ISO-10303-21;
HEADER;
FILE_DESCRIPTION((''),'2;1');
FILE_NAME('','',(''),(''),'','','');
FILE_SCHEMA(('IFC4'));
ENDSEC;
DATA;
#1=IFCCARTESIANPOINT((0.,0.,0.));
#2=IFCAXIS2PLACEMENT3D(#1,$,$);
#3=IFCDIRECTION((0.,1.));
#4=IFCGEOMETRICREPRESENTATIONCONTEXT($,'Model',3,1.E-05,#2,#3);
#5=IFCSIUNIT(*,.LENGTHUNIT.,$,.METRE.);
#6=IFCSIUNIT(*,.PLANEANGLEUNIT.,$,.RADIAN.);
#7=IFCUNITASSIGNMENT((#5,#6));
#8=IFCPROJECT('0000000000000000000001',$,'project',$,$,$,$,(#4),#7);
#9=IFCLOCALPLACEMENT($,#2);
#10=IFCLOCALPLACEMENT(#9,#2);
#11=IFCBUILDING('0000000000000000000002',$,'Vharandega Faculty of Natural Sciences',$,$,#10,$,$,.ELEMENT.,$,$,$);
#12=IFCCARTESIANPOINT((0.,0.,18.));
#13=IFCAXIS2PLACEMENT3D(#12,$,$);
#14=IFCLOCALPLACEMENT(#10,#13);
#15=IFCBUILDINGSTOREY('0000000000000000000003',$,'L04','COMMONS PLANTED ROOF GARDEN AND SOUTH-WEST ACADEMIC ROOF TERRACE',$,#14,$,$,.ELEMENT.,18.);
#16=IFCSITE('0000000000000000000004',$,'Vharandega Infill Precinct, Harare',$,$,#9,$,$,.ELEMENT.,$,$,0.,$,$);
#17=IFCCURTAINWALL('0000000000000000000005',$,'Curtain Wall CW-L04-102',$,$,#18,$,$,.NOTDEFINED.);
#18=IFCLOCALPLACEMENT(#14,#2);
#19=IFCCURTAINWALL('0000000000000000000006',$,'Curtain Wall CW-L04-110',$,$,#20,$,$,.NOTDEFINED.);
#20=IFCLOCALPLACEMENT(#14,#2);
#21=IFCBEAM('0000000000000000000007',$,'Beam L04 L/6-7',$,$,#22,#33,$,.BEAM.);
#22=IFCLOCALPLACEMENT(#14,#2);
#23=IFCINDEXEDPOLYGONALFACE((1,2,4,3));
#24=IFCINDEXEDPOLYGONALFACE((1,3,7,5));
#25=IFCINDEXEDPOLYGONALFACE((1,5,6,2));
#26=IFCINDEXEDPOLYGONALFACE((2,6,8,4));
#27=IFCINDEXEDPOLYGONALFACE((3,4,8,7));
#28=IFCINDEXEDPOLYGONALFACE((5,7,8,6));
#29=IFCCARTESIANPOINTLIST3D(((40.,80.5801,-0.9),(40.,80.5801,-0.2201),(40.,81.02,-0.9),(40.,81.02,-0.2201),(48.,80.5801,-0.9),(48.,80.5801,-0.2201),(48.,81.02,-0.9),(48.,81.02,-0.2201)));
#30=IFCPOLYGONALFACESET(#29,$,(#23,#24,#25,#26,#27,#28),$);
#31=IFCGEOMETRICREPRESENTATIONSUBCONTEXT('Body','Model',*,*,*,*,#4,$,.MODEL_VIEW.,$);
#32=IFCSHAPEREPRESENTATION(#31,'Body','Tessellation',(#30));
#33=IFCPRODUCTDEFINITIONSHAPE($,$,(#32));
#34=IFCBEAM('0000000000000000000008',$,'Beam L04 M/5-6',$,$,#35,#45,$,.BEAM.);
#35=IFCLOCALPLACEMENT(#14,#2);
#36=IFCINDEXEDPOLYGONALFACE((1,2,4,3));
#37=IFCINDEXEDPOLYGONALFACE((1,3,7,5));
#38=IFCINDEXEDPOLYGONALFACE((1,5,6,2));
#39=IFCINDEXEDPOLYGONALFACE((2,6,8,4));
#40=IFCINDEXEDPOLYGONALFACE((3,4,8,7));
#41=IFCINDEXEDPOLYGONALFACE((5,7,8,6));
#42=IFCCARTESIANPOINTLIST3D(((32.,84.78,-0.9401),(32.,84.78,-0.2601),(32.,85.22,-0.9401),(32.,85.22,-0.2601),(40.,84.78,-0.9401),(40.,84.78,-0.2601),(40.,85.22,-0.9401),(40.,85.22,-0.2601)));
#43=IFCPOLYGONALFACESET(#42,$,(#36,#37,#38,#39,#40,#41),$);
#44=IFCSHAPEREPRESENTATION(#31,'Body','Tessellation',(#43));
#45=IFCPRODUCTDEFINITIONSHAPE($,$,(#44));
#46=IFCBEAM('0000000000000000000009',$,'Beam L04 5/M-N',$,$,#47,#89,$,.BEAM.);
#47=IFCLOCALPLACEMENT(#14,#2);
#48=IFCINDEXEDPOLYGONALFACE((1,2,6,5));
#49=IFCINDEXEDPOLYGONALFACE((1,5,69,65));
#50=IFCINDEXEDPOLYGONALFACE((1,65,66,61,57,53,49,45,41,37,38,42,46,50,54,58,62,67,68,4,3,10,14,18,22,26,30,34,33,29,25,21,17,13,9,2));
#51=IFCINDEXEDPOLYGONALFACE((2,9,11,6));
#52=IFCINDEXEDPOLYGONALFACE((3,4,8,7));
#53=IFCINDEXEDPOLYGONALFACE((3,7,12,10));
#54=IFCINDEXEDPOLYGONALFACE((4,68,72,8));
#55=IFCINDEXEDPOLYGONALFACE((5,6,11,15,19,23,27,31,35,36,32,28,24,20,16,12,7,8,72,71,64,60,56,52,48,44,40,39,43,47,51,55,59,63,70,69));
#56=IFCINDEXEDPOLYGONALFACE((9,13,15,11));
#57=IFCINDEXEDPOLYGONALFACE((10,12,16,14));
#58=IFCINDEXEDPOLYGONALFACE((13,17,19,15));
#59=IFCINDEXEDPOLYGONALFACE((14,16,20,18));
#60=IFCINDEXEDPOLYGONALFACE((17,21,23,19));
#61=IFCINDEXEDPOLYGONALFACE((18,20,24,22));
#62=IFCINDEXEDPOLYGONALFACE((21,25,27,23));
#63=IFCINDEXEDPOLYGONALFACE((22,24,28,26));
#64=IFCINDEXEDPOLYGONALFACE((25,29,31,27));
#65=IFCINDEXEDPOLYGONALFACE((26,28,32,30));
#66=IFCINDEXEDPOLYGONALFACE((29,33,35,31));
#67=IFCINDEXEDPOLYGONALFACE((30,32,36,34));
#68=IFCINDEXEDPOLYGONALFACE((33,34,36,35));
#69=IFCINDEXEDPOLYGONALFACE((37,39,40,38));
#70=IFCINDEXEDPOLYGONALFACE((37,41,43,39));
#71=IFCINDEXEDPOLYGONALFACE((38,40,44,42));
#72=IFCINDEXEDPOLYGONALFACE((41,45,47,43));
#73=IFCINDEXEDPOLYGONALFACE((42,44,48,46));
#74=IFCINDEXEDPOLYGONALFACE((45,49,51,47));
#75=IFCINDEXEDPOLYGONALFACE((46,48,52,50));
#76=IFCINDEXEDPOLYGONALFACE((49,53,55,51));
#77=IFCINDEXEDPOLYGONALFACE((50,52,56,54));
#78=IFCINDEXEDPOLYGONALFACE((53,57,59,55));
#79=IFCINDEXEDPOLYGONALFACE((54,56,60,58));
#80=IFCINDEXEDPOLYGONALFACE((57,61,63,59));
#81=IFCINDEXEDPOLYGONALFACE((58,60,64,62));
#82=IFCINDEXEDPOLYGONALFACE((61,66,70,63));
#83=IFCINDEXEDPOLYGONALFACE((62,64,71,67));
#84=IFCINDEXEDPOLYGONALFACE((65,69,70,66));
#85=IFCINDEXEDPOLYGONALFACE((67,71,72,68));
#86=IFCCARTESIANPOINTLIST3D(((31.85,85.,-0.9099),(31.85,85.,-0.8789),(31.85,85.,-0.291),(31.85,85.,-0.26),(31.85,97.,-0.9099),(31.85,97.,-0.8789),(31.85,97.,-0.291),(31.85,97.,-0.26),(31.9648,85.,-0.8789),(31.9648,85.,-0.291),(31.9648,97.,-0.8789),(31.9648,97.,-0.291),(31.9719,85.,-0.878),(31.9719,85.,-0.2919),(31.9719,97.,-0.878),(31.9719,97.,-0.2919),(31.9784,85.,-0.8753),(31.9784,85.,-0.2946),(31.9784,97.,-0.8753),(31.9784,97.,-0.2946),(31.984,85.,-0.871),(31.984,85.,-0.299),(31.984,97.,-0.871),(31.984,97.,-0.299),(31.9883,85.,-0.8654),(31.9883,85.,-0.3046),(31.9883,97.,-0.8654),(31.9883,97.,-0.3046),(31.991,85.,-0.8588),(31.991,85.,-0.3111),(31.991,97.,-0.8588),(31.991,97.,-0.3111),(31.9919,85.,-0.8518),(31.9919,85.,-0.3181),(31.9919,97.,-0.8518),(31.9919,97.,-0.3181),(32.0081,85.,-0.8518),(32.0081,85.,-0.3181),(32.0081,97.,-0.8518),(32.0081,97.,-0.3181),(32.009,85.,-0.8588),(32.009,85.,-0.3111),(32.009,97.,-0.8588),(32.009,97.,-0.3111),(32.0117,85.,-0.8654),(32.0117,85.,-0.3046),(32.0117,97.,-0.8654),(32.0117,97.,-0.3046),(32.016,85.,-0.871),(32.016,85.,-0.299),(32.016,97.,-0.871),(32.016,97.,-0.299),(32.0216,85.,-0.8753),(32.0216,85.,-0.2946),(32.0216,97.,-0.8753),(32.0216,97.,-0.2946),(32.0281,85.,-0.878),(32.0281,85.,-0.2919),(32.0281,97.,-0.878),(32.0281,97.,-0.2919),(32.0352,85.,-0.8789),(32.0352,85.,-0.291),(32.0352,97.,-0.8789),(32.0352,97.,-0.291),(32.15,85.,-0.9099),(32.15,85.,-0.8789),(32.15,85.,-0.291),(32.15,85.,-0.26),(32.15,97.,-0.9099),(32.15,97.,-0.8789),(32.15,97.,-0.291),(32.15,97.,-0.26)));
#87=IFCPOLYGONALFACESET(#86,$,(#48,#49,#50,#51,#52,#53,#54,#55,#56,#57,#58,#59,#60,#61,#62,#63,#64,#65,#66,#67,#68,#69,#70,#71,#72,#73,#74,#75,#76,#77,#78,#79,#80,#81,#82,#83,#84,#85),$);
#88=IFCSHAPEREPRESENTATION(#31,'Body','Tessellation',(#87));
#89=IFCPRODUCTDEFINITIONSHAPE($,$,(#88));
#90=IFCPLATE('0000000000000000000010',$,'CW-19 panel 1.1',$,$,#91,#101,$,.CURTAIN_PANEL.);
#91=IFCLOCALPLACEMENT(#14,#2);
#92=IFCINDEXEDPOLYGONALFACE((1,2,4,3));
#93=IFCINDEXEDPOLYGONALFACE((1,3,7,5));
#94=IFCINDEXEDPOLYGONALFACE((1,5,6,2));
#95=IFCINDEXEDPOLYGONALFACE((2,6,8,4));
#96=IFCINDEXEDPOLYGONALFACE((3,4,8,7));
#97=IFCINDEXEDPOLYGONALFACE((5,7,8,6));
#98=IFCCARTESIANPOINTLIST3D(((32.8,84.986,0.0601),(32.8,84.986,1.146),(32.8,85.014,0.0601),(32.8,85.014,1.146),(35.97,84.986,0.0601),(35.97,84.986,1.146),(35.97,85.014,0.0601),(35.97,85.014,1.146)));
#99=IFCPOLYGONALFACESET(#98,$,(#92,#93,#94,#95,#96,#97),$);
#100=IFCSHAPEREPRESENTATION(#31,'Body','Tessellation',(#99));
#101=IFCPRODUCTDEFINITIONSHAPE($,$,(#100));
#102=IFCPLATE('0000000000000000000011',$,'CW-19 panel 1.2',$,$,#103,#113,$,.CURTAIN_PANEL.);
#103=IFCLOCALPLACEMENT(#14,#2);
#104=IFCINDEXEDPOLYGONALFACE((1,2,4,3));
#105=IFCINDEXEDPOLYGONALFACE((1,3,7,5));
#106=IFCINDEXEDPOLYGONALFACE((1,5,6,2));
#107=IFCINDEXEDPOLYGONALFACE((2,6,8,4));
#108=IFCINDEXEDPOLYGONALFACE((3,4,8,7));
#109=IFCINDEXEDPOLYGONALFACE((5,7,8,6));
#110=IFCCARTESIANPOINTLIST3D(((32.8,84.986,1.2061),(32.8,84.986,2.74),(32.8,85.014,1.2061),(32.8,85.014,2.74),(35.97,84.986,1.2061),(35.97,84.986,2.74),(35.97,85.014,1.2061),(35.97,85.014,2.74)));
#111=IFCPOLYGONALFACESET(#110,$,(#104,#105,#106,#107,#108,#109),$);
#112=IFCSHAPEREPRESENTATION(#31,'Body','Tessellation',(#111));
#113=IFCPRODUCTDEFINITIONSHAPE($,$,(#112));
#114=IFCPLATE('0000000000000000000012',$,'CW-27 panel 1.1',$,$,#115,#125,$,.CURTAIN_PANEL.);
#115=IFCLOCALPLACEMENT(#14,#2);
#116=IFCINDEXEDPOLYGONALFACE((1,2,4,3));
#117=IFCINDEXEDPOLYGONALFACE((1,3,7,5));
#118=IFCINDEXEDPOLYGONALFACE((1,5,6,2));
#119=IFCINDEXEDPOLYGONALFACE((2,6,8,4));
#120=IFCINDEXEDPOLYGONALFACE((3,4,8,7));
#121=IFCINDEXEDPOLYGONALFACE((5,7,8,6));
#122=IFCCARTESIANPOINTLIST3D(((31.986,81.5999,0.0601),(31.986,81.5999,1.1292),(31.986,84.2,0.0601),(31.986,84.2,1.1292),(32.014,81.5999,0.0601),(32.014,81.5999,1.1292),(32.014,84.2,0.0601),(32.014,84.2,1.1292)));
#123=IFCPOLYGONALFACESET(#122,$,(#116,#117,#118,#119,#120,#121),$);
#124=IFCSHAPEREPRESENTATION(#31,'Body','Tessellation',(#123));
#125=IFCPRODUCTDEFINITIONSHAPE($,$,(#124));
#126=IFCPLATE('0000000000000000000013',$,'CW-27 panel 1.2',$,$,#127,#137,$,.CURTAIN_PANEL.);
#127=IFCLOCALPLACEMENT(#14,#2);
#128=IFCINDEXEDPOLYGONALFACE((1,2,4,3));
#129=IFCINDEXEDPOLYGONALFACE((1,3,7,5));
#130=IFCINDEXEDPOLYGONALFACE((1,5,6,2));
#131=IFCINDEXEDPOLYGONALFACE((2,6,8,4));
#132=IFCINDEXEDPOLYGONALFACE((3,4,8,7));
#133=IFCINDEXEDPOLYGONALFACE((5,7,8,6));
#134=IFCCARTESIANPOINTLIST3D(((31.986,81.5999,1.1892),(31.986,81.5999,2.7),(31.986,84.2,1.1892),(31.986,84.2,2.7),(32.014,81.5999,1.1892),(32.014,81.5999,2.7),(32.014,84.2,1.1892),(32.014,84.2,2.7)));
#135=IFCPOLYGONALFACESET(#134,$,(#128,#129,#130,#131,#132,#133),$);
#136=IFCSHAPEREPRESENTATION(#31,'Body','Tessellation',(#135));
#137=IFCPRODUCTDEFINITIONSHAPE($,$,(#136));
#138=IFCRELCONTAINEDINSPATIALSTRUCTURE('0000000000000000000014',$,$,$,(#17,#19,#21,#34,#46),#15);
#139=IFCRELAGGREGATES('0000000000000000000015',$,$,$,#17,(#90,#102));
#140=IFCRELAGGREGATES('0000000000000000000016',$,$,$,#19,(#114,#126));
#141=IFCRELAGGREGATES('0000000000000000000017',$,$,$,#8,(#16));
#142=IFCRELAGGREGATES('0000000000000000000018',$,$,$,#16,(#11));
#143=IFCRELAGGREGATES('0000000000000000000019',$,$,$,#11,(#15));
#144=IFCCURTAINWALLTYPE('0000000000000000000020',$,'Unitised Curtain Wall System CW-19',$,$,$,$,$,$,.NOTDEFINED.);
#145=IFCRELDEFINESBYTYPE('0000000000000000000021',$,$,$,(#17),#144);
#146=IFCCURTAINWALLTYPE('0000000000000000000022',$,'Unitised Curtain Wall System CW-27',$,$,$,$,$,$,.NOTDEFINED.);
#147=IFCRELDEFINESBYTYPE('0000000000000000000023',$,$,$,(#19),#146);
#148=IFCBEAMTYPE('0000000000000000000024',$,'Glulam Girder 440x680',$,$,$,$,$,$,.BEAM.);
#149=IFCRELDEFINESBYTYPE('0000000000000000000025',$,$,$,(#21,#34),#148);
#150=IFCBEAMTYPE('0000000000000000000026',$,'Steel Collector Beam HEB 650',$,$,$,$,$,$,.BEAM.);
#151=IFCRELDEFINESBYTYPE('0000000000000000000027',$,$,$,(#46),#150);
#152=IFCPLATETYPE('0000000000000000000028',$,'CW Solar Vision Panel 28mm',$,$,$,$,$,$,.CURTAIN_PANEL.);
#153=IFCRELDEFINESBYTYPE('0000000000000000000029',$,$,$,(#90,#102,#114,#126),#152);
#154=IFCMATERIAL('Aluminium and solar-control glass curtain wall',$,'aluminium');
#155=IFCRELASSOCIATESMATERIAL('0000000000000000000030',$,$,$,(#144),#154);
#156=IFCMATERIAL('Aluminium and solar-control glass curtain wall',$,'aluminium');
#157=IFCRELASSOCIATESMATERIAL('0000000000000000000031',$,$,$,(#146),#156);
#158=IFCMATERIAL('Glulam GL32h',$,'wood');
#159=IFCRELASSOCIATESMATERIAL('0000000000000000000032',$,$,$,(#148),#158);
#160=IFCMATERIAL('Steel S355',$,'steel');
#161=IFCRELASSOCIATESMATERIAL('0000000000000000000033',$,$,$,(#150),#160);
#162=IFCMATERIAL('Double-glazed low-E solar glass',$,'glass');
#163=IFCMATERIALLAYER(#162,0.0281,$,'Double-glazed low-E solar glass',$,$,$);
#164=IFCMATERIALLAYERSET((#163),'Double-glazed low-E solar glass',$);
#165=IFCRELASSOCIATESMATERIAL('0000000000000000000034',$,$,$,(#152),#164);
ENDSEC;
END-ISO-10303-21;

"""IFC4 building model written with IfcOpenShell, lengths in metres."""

from ifc_helpers import new_model, si_unit, direction, frame, origin, origin_2d, place, context, subcontext, project, spatial, rectangle, i_section, extrude, material, layer, layer_set, material_profile, profile_set, type_object, element, aggregate, save


model = new_model("IFC4")

# Units and contexts
model_context = context("Model", 3, precision=1e-05, world=origin(), true_north=direction((0.0, 1.0)))
body_context = subcontext(model_context, "Body", "Model", "MODEL_VIEW")
ifc_project = project(units=[si_unit("LENGTHUNIT", "METRE"), si_unit("PLANEANGLEUNIT", "RADIAN")], contexts=[model_context])

# Site, building, storey
site_placement = place(None, origin())
site = spatial("IfcSite", under=ifc_project, at=site_placement, Name="Vharandega Infill Precinct, Harare", CompositionType="ELEMENT", RefElevation=0.0)
building_placement = place(site_placement, origin())
building = spatial("IfcBuilding", under=site, at=building_placement, Name="Vharandega Faculty of Natural Sciences", CompositionType="ELEMENT")
storey_placement = place(building_placement, frame((0.0, 0.0, 18.0)))
storey = spatial("IfcBuildingStorey", under=building, at=storey_placement, Name="L04", Description="COMMONS PLANTED ROOF GARDEN AND SOUTH-WEST ACADEMIC ROOF TERRACE", CompositionType="ELEMENT", Elevation=18.0)

# Curtain wall
ifc_material_1 = material(Name="Aluminium and solar-control glass curtain wall", Category="aluminium")
curtain_wall_type_1 = type_object("IfcCurtainWallType", Name="Unitised Curtain Wall System CW-19", PredefinedType="NOTDEFINED", material=ifc_material_1)
curtain_wall_1_placement = place(storey_placement, origin())
curtain_wall_1 = element("IfcCurtainWall", 1, at=curtain_wall_1_placement, inside=storey, type_object=curtain_wall_type_1, Name="Curtain Wall CW-L04-102", PredefinedType="NOTDEFINED")

# Curtain wall
ifc_material_2 = material(Name="Aluminium and solar-control glass curtain wall", Category="aluminium")
curtain_wall_type_2 = type_object("IfcCurtainWallType", Name="Unitised Curtain Wall System CW-27", PredefinedType="NOTDEFINED", material=ifc_material_2)
curtain_wall_2_placement = place(storey_placement, origin())
curtain_wall_2 = element("IfcCurtainWall", 2, at=curtain_wall_2_placement, inside=storey, type_object=curtain_wall_type_2, Name="Curtain Wall CW-L04-110", PredefinedType="NOTDEFINED")

# Beams
ifc_material_3 = material(Name="Glulam GL32h", Category="wood")
ifc_material_profile_1 = material_profile(ifc_material_3, rectangle(XDim=0.4399, YDim=0.6799, at=origin_2d()), Name="GL32h 440x680")
ifc_profile_set_1 = profile_set([ifc_material_profile_1], Name="Glulam GL32h")
beam_type_1 = type_object("IfcBeamType", Name="Glulam Girder 440x680", PredefinedType="BEAM", material=ifc_profile_set_1)
for number, where, z_axis, x_axis, name in (
    (3, (40.0, 80.8, -0.5601), (1.0, 0.0, 0.0), (0.0, 1.0, 0.0), "Beam L04 L/6-7"),
    (4, (32.0, 85.0, -0.6001), (1.0, 0.0, 0.0), (0.0, 1.0, 0.0), "Beam L04 M/5-6"),
):
    element("IfcBeam", number, at=place(storey_placement, frame(where, z_axis=z_axis, x_axis=x_axis)), inside=storey, type_object=beam_type_1, Name=name, PredefinedType="BEAM", context=body_context, shape_type="SweptSolid", body=[
        extrude(rectangle(XDim=0.4399, YDim=0.6799, at=origin_2d()), origin(), (0.0, 0.0, 1.0), 8.0),
    ])
ifc_material_4 = material(Name="Steel S355", Category="steel")
ifc_material_profile_2 = material_profile(ifc_material_4, i_section(OverallWidth=0.3, OverallDepth=0.6499, WebThickness=0.0161, FlangeThickness=0.031, FilletRadius=0.0271, at=origin_2d()), Name="HEB 650")
ifc_profile_set_2 = profile_set([ifc_material_profile_2], Name="Steel S355")
beam_type_2 = type_object("IfcBeamType", Name="Steel Collector Beam HEB 650", PredefinedType="BEAM", material=ifc_profile_set_2)
beam_placement = place(storey_placement, frame((32.0, 85.0, -0.585), z_axis=(0.0, 1.0, 0.0), x_axis=(-1.0, 0.0, 0.0)))
element("IfcBeam", 5, at=beam_placement, inside=storey, type_object=beam_type_2, Name="Beam L04 5/M-N", PredefinedType="BEAM", context=body_context, shape_type="SweptSolid", body=[
    extrude(i_section(OverallWidth=0.3, OverallDepth=0.6499, WebThickness=0.0161, FlangeThickness=0.031, FilletRadius=0.0271, at=origin_2d()), origin(), (0.0, 0.0, 1.0), 12.0),
])

# Plates
ifc_material_5 = material(Name="Double-glazed low-E solar glass", Category="glass")
ifc_layer = layer(ifc_material_5, 0.0281, Name="Double-glazed low-E solar glass")
ifc_layer_set = layer_set([ifc_layer], Name="Double-glazed low-E solar glass")
plate_type = type_object("IfcPlateType", Name="CW Solar Vision Panel 28mm", PredefinedType="CURTAIN_PANEL", material=ifc_layer_set)
plate_1_placement = place(storey_placement, frame((34.385, 85.0, 0.0601), z_axis=(0.0, 0.0, 1.0), x_axis=(1.0, 0.0, 0.0)))
plate_1 = element("IfcPlate", 6, at=plate_1_placement, type_object=plate_type, Name="CW-19 panel 1.1", PredefinedType="CURTAIN_PANEL", context=body_context, shape_type="SweptSolid", body=[
    extrude(rectangle(XDim=3.1699, YDim=0.0281, at=origin_2d()), origin(), (0.0, 0.0, 1.0), 1.0859),
])
plate_2_placement = place(storey_placement, frame((34.385, 85.0, 1.2061), z_axis=(0.0, 0.0, 1.0), x_axis=(1.0, 0.0, 0.0)))
plate_2 = element("IfcPlate", 7, at=plate_2_placement, type_object=plate_type, Name="CW-19 panel 1.2", PredefinedType="CURTAIN_PANEL", context=body_context, shape_type="SweptSolid", body=[
    extrude(rectangle(XDim=3.1699, YDim=0.0281, at=origin_2d()), origin(), (0.0, 0.0, 1.0), 1.5339),
])
aggregate(curtain_wall_1, [plate_1, plate_2])
plate_3_placement = place(storey_placement, frame((32.0, 82.8999, 0.0601), z_axis=(0.0, 0.0, 1.0), x_axis=(0.0, 1.0, 0.0)))
plate_3 = element("IfcPlate", 8, at=plate_3_placement, type_object=plate_type, Name="CW-27 panel 1.1", PredefinedType="CURTAIN_PANEL", context=body_context, shape_type="SweptSolid", body=[
    extrude(rectangle(XDim=2.6001, YDim=0.0281, at=origin_2d()), origin(), (0.0, 0.0, 1.0), 1.0691),
])
plate_4_placement = place(storey_placement, frame((32.0, 82.8999, 1.1892), z_axis=(0.0, 0.0, 1.0), x_axis=(0.0, 1.0, 0.0)))
plate_4 = element("IfcPlate", 9, at=plate_4_placement, type_object=plate_type, Name="CW-27 panel 1.2", PredefinedType="CURTAIN_PANEL", context=body_context, shape_type="SweptSolid", body=[
    extrude(rectangle(XDim=2.6001, YDim=0.0281, at=origin_2d()), origin(), (0.0, 0.0, 1.0), 1.5107),
])
aggregate(curtain_wall_2, [plate_3, plate_4])

save(model, "model.ifc")
